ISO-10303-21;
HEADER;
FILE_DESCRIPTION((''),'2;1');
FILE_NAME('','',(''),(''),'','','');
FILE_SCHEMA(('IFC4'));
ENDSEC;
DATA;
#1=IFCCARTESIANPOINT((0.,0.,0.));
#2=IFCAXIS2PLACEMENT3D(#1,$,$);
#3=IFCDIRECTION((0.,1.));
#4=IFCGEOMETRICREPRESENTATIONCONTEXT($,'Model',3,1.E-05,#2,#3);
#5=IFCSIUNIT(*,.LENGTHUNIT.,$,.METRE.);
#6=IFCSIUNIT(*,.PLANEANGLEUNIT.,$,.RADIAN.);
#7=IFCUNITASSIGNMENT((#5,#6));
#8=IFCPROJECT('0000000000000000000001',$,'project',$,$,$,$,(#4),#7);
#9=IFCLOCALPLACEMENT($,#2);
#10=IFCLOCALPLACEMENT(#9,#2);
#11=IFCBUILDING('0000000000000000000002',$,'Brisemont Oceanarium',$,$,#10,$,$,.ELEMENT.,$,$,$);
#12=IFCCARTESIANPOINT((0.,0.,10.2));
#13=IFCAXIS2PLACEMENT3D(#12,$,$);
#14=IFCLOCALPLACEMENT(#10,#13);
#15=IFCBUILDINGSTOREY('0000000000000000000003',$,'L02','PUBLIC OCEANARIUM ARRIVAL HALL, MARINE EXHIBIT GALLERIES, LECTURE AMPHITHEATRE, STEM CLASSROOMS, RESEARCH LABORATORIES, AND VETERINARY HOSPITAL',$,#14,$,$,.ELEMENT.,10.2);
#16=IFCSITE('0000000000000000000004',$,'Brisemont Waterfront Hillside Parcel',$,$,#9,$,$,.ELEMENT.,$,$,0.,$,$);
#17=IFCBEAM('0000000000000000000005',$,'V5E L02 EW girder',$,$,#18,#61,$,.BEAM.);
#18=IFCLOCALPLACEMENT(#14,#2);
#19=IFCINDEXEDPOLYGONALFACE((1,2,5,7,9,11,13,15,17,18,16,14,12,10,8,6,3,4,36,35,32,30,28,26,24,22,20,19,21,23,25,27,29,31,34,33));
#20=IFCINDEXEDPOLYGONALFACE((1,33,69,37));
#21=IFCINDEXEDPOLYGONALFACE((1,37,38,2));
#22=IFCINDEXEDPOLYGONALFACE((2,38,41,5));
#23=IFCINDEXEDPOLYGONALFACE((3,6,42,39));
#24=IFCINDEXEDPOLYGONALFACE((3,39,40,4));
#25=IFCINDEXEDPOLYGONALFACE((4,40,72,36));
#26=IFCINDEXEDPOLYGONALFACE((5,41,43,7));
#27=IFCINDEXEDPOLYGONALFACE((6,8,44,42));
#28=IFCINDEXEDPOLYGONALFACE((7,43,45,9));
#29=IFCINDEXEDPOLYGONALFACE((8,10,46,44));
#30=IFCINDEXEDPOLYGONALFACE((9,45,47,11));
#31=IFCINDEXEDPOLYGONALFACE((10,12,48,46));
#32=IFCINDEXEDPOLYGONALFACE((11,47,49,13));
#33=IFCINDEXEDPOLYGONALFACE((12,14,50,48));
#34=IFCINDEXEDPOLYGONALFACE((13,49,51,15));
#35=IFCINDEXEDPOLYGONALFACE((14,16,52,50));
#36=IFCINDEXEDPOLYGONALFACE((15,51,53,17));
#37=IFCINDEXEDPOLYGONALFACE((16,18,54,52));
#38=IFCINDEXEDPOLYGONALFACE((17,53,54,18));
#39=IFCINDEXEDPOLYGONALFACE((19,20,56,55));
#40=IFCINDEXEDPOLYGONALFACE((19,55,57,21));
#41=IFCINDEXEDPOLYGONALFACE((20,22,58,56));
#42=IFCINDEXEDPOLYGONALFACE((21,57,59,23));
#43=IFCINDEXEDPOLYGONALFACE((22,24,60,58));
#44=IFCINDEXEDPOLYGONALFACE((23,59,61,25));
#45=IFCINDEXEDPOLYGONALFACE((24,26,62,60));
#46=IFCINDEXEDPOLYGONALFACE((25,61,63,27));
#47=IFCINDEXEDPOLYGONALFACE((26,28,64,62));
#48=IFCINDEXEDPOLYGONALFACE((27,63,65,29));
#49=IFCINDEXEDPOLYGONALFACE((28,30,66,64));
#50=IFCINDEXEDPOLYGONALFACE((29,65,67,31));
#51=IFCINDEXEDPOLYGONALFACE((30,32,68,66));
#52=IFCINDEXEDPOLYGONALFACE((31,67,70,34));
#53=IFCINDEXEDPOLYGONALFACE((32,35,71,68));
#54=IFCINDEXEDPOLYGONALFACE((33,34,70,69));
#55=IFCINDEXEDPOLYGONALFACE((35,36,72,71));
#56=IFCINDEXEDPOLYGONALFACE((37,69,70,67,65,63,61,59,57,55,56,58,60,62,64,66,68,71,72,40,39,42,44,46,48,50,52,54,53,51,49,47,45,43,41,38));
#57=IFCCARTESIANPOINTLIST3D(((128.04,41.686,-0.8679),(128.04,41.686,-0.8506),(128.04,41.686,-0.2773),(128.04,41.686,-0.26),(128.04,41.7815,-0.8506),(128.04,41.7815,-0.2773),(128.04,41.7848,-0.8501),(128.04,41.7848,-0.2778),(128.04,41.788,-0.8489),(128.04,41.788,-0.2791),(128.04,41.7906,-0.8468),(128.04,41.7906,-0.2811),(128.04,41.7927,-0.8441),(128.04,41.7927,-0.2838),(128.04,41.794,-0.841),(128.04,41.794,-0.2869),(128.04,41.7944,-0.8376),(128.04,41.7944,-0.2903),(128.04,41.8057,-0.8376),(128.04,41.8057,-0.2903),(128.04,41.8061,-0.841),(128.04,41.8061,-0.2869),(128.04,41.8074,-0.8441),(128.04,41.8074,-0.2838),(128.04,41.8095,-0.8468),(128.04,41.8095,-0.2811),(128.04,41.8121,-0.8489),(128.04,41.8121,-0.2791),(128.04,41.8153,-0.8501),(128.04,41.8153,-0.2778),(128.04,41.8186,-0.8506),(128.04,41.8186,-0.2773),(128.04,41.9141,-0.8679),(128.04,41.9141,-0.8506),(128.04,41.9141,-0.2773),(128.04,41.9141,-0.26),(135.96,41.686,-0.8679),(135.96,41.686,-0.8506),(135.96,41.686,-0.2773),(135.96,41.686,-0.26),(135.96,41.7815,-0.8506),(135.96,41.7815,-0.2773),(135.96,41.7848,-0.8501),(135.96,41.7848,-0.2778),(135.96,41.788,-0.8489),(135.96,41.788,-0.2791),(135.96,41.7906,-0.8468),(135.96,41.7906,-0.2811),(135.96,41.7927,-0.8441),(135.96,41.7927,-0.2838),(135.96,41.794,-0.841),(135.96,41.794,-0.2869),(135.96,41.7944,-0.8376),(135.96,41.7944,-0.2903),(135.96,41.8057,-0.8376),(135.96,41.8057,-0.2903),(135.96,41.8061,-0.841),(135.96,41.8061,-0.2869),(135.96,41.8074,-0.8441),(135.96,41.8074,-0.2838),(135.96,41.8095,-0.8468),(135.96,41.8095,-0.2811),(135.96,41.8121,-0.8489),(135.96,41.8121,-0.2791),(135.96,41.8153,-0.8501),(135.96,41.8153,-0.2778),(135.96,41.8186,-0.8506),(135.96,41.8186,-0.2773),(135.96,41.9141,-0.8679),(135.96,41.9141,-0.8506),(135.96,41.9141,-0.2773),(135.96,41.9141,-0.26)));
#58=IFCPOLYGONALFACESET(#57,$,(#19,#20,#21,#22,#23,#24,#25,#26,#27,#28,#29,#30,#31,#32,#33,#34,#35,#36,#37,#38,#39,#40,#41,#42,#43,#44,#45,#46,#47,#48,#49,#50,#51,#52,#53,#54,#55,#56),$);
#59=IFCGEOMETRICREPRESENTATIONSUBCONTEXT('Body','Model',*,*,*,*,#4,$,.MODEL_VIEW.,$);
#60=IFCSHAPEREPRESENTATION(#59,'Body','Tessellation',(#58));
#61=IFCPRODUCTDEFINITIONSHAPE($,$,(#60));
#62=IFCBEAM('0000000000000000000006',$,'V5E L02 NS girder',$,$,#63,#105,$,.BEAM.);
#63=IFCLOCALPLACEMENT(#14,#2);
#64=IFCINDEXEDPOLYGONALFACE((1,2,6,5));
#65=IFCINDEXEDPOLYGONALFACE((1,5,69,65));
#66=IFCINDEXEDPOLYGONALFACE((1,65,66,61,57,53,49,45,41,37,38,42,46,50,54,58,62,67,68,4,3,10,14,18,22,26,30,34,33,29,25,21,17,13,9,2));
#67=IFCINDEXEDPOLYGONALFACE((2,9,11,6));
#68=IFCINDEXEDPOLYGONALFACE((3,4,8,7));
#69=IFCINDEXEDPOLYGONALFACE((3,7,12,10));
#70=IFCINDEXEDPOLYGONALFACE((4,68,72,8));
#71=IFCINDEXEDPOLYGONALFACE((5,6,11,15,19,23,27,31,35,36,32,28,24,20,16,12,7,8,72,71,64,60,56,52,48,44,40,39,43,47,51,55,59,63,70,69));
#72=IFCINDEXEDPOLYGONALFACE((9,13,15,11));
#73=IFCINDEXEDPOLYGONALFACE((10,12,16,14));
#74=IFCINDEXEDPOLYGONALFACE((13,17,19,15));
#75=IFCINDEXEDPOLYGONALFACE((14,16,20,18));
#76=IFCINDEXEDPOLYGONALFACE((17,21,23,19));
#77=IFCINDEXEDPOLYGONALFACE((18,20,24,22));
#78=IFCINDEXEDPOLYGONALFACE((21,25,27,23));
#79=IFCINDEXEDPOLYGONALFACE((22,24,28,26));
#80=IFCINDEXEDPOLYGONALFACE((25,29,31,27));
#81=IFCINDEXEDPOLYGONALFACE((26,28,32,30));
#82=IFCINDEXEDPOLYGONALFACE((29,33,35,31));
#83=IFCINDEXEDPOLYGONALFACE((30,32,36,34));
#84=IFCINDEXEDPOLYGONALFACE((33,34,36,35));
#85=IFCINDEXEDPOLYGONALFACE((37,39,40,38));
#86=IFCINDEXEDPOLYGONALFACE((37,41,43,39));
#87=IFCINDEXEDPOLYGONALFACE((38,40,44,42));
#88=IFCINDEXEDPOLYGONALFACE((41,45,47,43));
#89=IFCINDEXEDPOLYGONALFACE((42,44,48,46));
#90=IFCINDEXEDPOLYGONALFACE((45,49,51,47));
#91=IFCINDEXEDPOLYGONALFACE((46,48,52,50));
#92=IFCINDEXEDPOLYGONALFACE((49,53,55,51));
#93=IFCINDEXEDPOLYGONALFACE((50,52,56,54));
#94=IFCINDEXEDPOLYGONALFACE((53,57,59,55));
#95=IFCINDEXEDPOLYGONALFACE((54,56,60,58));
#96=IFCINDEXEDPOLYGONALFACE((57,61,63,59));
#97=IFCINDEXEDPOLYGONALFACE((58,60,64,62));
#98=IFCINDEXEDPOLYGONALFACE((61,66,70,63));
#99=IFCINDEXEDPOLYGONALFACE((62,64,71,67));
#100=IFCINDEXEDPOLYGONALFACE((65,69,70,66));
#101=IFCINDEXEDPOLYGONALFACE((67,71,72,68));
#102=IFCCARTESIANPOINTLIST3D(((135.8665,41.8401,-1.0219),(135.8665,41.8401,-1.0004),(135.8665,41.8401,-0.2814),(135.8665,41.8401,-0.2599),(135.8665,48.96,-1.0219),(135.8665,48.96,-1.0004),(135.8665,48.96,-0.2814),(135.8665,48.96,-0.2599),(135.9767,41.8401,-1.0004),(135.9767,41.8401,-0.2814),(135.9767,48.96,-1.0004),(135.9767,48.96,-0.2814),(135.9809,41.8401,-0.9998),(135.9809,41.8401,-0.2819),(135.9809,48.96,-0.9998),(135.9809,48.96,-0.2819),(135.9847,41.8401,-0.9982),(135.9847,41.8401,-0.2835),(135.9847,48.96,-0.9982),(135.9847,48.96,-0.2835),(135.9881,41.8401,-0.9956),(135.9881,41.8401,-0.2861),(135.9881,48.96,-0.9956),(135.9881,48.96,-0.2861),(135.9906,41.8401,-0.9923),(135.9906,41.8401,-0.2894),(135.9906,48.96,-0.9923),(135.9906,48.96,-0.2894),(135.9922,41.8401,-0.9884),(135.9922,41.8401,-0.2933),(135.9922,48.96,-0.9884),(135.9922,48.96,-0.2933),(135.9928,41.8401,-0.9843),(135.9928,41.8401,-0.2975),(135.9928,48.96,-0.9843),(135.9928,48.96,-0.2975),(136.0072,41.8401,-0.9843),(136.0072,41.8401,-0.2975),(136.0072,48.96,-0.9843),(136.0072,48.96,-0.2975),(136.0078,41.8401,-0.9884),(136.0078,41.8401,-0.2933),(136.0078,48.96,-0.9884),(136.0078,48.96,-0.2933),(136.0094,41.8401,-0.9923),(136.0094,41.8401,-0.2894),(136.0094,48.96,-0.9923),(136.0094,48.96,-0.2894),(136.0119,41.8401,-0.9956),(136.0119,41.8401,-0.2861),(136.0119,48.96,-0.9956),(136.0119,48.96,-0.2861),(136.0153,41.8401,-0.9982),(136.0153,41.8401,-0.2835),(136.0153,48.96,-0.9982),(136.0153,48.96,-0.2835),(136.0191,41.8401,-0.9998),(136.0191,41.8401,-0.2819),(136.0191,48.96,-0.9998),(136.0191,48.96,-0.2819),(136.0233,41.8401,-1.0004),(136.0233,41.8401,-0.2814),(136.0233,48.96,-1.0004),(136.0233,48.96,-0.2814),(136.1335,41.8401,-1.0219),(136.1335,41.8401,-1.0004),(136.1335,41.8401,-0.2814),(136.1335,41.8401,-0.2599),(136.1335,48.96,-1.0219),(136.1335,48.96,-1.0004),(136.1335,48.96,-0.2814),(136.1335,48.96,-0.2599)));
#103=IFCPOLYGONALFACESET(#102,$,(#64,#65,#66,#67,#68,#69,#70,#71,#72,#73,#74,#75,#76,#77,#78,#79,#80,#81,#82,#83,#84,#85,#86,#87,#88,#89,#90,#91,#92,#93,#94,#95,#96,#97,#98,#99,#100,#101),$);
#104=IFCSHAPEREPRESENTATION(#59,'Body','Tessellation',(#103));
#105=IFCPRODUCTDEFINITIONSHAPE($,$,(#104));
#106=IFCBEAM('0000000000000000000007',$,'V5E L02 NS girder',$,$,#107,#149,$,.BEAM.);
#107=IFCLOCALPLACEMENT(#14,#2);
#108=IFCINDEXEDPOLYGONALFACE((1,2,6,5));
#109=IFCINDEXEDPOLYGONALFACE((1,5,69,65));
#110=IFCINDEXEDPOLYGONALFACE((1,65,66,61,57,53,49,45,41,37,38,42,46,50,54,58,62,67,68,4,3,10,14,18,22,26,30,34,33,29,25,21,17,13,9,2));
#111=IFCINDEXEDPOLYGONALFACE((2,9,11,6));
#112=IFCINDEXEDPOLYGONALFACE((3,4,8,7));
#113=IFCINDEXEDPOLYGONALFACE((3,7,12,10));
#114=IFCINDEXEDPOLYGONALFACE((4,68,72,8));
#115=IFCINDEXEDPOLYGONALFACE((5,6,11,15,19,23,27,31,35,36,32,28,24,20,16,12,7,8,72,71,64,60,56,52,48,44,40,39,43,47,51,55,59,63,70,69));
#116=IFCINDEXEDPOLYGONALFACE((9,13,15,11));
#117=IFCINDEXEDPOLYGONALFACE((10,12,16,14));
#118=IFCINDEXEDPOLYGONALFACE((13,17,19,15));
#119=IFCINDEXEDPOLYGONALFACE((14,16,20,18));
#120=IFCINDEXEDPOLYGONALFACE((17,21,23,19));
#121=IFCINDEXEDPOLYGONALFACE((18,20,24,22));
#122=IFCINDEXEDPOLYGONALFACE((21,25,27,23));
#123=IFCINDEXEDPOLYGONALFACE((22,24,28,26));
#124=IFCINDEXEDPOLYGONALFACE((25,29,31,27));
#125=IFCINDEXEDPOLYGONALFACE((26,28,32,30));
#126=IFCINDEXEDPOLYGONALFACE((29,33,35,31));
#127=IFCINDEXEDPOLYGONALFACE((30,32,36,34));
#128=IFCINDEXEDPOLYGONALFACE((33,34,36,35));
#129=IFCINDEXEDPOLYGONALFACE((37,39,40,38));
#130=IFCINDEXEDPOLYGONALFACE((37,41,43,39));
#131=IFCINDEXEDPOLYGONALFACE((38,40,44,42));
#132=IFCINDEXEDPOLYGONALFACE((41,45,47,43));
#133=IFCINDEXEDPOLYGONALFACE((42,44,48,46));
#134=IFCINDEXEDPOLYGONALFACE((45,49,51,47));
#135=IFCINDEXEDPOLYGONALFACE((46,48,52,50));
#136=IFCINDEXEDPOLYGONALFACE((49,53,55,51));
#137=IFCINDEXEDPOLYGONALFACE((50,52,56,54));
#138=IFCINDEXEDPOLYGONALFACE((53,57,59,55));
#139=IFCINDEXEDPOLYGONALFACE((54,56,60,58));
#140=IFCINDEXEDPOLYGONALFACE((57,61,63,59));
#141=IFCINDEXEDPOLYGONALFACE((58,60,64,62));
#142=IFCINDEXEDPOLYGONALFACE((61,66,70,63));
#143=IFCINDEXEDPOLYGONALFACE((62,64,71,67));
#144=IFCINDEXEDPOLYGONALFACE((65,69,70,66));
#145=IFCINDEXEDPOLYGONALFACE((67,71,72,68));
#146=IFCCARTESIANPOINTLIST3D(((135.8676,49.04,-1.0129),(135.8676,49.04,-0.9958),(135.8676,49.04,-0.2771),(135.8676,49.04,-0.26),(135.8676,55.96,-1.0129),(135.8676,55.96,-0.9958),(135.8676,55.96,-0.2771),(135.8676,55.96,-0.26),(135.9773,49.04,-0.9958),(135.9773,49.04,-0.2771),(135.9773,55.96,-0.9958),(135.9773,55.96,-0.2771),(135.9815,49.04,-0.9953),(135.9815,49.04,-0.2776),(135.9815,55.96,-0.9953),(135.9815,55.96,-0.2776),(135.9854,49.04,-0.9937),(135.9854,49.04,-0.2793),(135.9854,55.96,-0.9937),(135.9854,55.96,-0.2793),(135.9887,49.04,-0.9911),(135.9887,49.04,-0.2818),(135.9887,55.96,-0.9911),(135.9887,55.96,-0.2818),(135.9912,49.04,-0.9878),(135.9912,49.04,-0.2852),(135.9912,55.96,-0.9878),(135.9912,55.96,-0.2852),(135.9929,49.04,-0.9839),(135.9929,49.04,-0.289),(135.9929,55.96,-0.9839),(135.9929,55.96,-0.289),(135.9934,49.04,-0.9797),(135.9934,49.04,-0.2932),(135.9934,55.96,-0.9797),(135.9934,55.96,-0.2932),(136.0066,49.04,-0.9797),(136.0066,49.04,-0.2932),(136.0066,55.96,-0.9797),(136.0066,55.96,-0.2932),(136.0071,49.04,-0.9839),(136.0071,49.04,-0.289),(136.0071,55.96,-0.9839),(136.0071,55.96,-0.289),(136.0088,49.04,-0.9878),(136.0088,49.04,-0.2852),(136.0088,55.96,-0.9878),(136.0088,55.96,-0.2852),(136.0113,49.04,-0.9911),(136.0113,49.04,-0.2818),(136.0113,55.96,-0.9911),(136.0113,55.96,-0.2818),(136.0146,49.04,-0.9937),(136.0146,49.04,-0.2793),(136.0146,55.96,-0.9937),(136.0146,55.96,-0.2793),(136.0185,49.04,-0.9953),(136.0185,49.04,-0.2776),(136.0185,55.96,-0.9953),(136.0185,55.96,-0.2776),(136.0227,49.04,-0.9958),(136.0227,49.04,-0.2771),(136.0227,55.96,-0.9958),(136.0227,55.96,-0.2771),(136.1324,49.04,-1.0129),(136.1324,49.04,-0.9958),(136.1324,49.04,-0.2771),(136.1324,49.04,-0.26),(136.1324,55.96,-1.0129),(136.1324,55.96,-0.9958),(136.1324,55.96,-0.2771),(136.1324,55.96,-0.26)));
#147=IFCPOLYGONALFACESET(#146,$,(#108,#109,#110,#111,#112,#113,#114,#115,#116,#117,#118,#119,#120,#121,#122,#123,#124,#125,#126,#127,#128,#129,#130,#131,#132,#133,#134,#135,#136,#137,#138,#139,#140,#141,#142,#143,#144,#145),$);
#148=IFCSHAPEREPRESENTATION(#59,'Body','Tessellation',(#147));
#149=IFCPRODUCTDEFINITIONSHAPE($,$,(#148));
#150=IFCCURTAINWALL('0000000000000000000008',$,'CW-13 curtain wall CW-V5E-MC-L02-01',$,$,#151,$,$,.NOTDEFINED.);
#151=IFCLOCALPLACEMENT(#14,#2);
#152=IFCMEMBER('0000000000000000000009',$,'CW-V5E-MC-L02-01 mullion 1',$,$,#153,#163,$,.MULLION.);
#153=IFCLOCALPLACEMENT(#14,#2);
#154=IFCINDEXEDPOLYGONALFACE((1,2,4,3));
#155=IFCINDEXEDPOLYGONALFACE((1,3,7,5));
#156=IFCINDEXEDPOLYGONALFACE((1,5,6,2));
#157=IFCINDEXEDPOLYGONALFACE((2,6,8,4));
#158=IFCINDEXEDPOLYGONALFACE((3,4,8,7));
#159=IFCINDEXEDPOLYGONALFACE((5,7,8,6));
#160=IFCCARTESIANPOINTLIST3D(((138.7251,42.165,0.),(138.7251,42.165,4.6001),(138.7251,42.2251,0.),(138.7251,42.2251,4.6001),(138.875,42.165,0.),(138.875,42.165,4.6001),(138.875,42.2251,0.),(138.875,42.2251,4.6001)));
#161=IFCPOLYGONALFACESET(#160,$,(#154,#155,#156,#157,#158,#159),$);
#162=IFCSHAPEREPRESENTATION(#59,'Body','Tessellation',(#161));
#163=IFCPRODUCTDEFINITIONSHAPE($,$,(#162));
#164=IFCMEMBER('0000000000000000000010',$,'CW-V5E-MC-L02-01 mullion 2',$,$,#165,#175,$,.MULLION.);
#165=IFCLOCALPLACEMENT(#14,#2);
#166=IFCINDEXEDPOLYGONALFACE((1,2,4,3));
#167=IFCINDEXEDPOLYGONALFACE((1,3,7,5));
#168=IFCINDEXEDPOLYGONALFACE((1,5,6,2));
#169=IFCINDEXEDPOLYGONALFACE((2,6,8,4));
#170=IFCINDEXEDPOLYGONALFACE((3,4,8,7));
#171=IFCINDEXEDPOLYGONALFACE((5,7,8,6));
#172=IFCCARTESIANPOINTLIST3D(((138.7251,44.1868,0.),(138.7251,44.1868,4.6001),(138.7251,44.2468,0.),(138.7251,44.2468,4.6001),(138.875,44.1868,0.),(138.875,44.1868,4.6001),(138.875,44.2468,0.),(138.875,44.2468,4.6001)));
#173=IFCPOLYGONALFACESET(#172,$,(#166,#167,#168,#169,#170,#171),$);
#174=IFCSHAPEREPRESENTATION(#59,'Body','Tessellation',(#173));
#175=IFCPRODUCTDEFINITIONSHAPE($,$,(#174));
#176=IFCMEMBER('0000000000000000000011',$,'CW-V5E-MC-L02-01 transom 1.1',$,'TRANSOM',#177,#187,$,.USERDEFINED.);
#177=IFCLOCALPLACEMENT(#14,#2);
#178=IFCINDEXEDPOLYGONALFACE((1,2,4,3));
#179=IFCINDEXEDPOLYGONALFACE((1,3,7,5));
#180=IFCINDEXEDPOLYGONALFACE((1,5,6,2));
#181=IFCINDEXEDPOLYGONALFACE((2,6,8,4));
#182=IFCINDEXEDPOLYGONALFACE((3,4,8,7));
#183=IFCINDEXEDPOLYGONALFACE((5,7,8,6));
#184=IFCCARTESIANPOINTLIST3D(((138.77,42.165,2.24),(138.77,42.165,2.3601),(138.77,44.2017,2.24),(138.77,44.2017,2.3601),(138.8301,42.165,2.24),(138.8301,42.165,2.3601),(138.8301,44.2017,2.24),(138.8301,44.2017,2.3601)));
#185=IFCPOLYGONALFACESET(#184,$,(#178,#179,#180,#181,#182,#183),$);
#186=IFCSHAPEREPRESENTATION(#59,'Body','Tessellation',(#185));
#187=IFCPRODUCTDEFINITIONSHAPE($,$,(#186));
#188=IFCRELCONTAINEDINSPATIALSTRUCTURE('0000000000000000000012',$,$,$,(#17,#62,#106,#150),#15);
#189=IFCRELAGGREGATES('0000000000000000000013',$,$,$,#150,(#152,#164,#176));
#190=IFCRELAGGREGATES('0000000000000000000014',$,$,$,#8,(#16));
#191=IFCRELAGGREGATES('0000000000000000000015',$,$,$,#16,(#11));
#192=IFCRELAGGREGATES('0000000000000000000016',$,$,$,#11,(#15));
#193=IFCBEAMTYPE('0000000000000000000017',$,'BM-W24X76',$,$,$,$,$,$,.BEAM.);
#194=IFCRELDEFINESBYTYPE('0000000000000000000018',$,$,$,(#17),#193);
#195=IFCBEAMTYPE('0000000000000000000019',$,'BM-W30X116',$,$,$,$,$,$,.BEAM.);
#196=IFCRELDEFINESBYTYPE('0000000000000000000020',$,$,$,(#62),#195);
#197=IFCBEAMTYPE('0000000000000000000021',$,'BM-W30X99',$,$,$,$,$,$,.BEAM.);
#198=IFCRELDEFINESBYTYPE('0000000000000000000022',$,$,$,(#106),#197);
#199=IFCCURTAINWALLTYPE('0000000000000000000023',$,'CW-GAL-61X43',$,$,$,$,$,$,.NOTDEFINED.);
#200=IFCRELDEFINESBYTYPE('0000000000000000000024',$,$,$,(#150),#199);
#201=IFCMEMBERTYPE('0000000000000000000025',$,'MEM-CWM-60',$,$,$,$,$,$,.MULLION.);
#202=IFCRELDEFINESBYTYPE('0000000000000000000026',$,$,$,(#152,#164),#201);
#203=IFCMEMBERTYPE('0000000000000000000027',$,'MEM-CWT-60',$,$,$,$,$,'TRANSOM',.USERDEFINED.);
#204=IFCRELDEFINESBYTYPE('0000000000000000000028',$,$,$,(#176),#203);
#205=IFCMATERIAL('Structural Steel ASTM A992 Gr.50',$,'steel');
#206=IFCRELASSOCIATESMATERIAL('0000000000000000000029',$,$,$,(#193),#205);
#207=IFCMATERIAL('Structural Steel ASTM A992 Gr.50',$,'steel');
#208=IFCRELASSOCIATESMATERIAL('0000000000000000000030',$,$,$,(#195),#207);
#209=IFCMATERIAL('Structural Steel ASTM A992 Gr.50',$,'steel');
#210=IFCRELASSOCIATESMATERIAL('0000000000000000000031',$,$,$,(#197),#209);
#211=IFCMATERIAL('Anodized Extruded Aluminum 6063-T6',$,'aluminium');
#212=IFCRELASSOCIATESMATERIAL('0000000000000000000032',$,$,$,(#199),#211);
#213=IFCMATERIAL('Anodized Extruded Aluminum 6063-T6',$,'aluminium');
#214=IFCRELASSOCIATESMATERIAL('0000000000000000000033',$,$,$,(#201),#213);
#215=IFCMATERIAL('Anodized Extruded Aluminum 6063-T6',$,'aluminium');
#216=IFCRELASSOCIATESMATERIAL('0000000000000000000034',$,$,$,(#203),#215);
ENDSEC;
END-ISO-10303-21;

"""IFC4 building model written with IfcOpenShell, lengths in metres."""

from ifc_helpers import new_model, si_unit, direction, frame, origin, origin_2d, place, context, subcontext, project, spatial, rectangle, i_section, extrude, material, material_profile, profile_set, type_object, element, aggregate, save


model = new_model("IFC4")

# Units and contexts
model_context = context("Model", 3, precision=1e-05, world=origin(), true_north=direction((0.0, 1.0)))
body_context = subcontext(model_context, "Body", "Model", "MODEL_VIEW")
ifc_project = project(units=[si_unit("LENGTHUNIT", "METRE"), si_unit("PLANEANGLEUNIT", "RADIAN")], contexts=[model_context])

# Site, building, storey
site_placement = place(None, origin())
site = spatial("IfcSite", under=ifc_project, at=site_placement, Name="Brisemont Waterfront Hillside Parcel", CompositionType="ELEMENT", RefElevation=0.0)
building_placement = place(site_placement, origin())
building = spatial("IfcBuilding", under=site, at=building_placement, Name="Brisemont Oceanarium", CompositionType="ELEMENT")
storey_placement = place(building_placement, frame((0.0, 0.0, 10.2)))
storey = spatial("IfcBuildingStorey", under=building, at=storey_placement, Name="L02", Description="PUBLIC OCEANARIUM ARRIVAL HALL, MARINE EXHIBIT GALLERIES, LECTURE AMPHITHEATRE, STEM CLASSROOMS, RESEARCH LABORATORIES, AND VETERINARY HOSPITAL", CompositionType="ELEMENT", Elevation=10.2)

# Beams
ifc_material_1 = material(Name="Structural Steel ASTM A992 Gr.50", Category="steel")
ifc_material_profile_1 = material_profile(ifc_material_1, i_section(OverallWidth=0.228, OverallDepth=0.6079, WebThickness=0.0112, FlangeThickness=0.0173, FilletRadius=0.0129, at=origin_2d()), Name="W24X76")
ifc_profile_set_1 = profile_set([ifc_material_profile_1], Name="Structural Steel ASTM A992 Gr.50")
beam_type_1 = type_object("IfcBeamType", Name="BM-W24X76", PredefinedType="BEAM", material=ifc_profile_set_1)
beam_1_placement = place(storey_placement, frame((128.04, 41.8, -0.564), z_axis=(1.0, 0.0, 0.0), x_axis=(0.0, 1.0, 0.0)))
element("IfcBeam", 1, at=beam_1_placement, inside=storey, type_object=beam_type_1, Name="V5E L02 EW girder", PredefinedType="BEAM", context=body_context, shape_type="SweptSolid", body=[
    extrude(i_section(OverallWidth=0.228, OverallDepth=0.6079, WebThickness=0.0112, FlangeThickness=0.0173, FilletRadius=0.0129, at=origin_2d()), origin(), (0.0, 0.0, 1.0), 7.9199),
])
ifc_material_2 = material(Name="Structural Steel ASTM A992 Gr.50", Category="steel")
ifc_material_profile_2 = material_profile(ifc_material_2, i_section(OverallWidth=0.2671, OverallDepth=0.762, WebThickness=0.0144, FlangeThickness=0.0215, FilletRadius=0.0161, at=origin_2d()), Name="W30X116")
ifc_profile_set_2 = profile_set([ifc_material_profile_2], Name="Structural Steel ASTM A992 Gr.50")
beam_type_2 = type_object("IfcBeamType", Name="BM-W30X116", PredefinedType="BEAM", material=ifc_profile_set_2)
beam_2_placement = place(storey_placement, frame((136.0, 41.8401, -0.6409), z_axis=(0.0, 1.0, 0.0), x_axis=(-1.0, 0.0, 0.0)))
element("IfcBeam", 2, at=beam_2_placement, inside=storey, type_object=beam_type_2, Name="V5E L02 NS girder", PredefinedType="BEAM", context=body_context, shape_type="SweptSolid", body=[
    extrude(i_section(OverallWidth=0.2671, OverallDepth=0.762, WebThickness=0.0144, FlangeThickness=0.0215, FilletRadius=0.0161, at=origin_2d()), origin(), (0.0, 0.0, 1.0), 7.1199),
])
ifc_material_3 = material(Name="Structural Steel ASTM A992 Gr.50", Category="steel")
ifc_material_profile_3 = material_profile(ifc_material_3, i_section(OverallWidth=0.2649, OverallDepth=0.7529, WebThickness=0.0132, FlangeThickness=0.0171, FilletRadius=0.0161, at=origin_2d()), Name="W30X99")
ifc_profile_set_3 = profile_set([ifc_material_profile_3], Name="Structural Steel ASTM A992 Gr.50")
beam_type_3 = type_object("IfcBeamType", Name="BM-W30X99", PredefinedType="BEAM", material=ifc_profile_set_3)
beam_3_placement = place(storey_placement, frame((136.0, 49.04, -0.6365), z_axis=(0.0, 1.0, 0.0), x_axis=(-1.0, 0.0, 0.0)))
element("IfcBeam", 3, at=beam_3_placement, inside=storey, type_object=beam_type_3, Name="V5E L02 NS girder", PredefinedType="BEAM", context=body_context, shape_type="SweptSolid", body=[
    extrude(i_section(OverallWidth=0.2649, OverallDepth=0.7529, WebThickness=0.0132, FlangeThickness=0.0171, FilletRadius=0.0161, at=origin_2d()), origin(), (0.0, 0.0, 1.0), 6.9199),
])

# Curtain wall, members
ifc_material_4 = material(Name="Anodized Extruded Aluminum 6063-T6", Category="aluminium")
curtain_wall_type = type_object("IfcCurtainWallType", Name="CW-GAL-61X43", PredefinedType="NOTDEFINED", material=ifc_material_4)
curtain_wall_placement = place(storey_placement, origin())
curtain_wall = element("IfcCurtainWall", 4, at=curtain_wall_placement, inside=storey, type_object=curtain_wall_type, Name="CW-13 curtain wall CW-V5E-MC-L02-01", PredefinedType="NOTDEFINED")
ifc_material_5 = material(Name="Anodized Extruded Aluminum 6063-T6", Category="aluminium")
ifc_material_profile_4 = material_profile(ifc_material_5, rectangle(XDim=0.0601, YDim=0.1499, at=origin_2d()), Name="CWM-60X150")
ifc_profile_set_4 = profile_set([ifc_material_profile_4], Name="Anodized Extruded Aluminum 6063-T6")
member_type_1 = type_object("IfcMemberType", Name="MEM-CWM-60", PredefinedType="MULLION", material=ifc_profile_set_4)
member_1_placement = place(storey_placement, frame((138.8, 42.1951, 0.0), z_axis=(0.0, 0.0, 1.0), x_axis=(0.0, 1.0, 0.0)))
member_1 = element("IfcMember", 5, at=member_1_placement, type_object=member_type_1, Name="CW-V5E-MC-L02-01 mullion 1", PredefinedType="MULLION", context=body_context, shape_type="SweptSolid", body=[
    extrude(rectangle(XDim=0.0601, YDim=0.1499, at=origin_2d()), origin(), (0.0, 0.0, 1.0), 4.6001),
])
member_2_placement = place(storey_placement, frame((138.8, 44.2168, 0.0), z_axis=(0.0, 0.0, 1.0), x_axis=(0.0, 1.0, 0.0)))
member_2 = element("IfcMember", 6, at=member_2_placement, type_object=member_type_1, Name="CW-V5E-MC-L02-01 mullion 2", PredefinedType="MULLION", context=body_context, shape_type="SweptSolid", body=[
    extrude(rectangle(XDim=0.0601, YDim=0.1499, at=origin_2d()), origin(), (0.0, 0.0, 1.0), 4.6001),
])
ifc_material_6 = material(Name="Anodized Extruded Aluminum 6063-T6", Category="aluminium")
ifc_material_profile_5 = material_profile(ifc_material_6, rectangle(XDim=0.0601, YDim=0.1201, at=origin_2d()), Name="CWT-60X120")
ifc_profile_set_5 = profile_set([ifc_material_profile_5], Name="Anodized Extruded Aluminum 6063-T6")
member_type_2 = type_object("IfcMemberType", Name="MEM-CWT-60", ElementType="TRANSOM", PredefinedType="USERDEFINED", material=ifc_profile_set_5)
member_3_placement = place(storey_placement, frame((138.8, 42.165, 2.3), z_axis=(0.0, 1.0, 0.0), x_axis=(-1.0, 0.0, 0.0)))
member_3 = element("IfcMember", 7, at=member_3_placement, type_object=member_type_2, Name="CW-V5E-MC-L02-01 transom 1.1", ObjectType="TRANSOM", PredefinedType="USERDEFINED", context=body_context, shape_type="SweptSolid", body=[
    extrude(rectangle(XDim=0.0601, YDim=0.1201, at=origin_2d()), origin(), (0.0, 0.0, 1.0), 2.0366),
])

aggregate(curtain_wall, [member_1, member_2, member_3])

save(model, "model.ifc")
